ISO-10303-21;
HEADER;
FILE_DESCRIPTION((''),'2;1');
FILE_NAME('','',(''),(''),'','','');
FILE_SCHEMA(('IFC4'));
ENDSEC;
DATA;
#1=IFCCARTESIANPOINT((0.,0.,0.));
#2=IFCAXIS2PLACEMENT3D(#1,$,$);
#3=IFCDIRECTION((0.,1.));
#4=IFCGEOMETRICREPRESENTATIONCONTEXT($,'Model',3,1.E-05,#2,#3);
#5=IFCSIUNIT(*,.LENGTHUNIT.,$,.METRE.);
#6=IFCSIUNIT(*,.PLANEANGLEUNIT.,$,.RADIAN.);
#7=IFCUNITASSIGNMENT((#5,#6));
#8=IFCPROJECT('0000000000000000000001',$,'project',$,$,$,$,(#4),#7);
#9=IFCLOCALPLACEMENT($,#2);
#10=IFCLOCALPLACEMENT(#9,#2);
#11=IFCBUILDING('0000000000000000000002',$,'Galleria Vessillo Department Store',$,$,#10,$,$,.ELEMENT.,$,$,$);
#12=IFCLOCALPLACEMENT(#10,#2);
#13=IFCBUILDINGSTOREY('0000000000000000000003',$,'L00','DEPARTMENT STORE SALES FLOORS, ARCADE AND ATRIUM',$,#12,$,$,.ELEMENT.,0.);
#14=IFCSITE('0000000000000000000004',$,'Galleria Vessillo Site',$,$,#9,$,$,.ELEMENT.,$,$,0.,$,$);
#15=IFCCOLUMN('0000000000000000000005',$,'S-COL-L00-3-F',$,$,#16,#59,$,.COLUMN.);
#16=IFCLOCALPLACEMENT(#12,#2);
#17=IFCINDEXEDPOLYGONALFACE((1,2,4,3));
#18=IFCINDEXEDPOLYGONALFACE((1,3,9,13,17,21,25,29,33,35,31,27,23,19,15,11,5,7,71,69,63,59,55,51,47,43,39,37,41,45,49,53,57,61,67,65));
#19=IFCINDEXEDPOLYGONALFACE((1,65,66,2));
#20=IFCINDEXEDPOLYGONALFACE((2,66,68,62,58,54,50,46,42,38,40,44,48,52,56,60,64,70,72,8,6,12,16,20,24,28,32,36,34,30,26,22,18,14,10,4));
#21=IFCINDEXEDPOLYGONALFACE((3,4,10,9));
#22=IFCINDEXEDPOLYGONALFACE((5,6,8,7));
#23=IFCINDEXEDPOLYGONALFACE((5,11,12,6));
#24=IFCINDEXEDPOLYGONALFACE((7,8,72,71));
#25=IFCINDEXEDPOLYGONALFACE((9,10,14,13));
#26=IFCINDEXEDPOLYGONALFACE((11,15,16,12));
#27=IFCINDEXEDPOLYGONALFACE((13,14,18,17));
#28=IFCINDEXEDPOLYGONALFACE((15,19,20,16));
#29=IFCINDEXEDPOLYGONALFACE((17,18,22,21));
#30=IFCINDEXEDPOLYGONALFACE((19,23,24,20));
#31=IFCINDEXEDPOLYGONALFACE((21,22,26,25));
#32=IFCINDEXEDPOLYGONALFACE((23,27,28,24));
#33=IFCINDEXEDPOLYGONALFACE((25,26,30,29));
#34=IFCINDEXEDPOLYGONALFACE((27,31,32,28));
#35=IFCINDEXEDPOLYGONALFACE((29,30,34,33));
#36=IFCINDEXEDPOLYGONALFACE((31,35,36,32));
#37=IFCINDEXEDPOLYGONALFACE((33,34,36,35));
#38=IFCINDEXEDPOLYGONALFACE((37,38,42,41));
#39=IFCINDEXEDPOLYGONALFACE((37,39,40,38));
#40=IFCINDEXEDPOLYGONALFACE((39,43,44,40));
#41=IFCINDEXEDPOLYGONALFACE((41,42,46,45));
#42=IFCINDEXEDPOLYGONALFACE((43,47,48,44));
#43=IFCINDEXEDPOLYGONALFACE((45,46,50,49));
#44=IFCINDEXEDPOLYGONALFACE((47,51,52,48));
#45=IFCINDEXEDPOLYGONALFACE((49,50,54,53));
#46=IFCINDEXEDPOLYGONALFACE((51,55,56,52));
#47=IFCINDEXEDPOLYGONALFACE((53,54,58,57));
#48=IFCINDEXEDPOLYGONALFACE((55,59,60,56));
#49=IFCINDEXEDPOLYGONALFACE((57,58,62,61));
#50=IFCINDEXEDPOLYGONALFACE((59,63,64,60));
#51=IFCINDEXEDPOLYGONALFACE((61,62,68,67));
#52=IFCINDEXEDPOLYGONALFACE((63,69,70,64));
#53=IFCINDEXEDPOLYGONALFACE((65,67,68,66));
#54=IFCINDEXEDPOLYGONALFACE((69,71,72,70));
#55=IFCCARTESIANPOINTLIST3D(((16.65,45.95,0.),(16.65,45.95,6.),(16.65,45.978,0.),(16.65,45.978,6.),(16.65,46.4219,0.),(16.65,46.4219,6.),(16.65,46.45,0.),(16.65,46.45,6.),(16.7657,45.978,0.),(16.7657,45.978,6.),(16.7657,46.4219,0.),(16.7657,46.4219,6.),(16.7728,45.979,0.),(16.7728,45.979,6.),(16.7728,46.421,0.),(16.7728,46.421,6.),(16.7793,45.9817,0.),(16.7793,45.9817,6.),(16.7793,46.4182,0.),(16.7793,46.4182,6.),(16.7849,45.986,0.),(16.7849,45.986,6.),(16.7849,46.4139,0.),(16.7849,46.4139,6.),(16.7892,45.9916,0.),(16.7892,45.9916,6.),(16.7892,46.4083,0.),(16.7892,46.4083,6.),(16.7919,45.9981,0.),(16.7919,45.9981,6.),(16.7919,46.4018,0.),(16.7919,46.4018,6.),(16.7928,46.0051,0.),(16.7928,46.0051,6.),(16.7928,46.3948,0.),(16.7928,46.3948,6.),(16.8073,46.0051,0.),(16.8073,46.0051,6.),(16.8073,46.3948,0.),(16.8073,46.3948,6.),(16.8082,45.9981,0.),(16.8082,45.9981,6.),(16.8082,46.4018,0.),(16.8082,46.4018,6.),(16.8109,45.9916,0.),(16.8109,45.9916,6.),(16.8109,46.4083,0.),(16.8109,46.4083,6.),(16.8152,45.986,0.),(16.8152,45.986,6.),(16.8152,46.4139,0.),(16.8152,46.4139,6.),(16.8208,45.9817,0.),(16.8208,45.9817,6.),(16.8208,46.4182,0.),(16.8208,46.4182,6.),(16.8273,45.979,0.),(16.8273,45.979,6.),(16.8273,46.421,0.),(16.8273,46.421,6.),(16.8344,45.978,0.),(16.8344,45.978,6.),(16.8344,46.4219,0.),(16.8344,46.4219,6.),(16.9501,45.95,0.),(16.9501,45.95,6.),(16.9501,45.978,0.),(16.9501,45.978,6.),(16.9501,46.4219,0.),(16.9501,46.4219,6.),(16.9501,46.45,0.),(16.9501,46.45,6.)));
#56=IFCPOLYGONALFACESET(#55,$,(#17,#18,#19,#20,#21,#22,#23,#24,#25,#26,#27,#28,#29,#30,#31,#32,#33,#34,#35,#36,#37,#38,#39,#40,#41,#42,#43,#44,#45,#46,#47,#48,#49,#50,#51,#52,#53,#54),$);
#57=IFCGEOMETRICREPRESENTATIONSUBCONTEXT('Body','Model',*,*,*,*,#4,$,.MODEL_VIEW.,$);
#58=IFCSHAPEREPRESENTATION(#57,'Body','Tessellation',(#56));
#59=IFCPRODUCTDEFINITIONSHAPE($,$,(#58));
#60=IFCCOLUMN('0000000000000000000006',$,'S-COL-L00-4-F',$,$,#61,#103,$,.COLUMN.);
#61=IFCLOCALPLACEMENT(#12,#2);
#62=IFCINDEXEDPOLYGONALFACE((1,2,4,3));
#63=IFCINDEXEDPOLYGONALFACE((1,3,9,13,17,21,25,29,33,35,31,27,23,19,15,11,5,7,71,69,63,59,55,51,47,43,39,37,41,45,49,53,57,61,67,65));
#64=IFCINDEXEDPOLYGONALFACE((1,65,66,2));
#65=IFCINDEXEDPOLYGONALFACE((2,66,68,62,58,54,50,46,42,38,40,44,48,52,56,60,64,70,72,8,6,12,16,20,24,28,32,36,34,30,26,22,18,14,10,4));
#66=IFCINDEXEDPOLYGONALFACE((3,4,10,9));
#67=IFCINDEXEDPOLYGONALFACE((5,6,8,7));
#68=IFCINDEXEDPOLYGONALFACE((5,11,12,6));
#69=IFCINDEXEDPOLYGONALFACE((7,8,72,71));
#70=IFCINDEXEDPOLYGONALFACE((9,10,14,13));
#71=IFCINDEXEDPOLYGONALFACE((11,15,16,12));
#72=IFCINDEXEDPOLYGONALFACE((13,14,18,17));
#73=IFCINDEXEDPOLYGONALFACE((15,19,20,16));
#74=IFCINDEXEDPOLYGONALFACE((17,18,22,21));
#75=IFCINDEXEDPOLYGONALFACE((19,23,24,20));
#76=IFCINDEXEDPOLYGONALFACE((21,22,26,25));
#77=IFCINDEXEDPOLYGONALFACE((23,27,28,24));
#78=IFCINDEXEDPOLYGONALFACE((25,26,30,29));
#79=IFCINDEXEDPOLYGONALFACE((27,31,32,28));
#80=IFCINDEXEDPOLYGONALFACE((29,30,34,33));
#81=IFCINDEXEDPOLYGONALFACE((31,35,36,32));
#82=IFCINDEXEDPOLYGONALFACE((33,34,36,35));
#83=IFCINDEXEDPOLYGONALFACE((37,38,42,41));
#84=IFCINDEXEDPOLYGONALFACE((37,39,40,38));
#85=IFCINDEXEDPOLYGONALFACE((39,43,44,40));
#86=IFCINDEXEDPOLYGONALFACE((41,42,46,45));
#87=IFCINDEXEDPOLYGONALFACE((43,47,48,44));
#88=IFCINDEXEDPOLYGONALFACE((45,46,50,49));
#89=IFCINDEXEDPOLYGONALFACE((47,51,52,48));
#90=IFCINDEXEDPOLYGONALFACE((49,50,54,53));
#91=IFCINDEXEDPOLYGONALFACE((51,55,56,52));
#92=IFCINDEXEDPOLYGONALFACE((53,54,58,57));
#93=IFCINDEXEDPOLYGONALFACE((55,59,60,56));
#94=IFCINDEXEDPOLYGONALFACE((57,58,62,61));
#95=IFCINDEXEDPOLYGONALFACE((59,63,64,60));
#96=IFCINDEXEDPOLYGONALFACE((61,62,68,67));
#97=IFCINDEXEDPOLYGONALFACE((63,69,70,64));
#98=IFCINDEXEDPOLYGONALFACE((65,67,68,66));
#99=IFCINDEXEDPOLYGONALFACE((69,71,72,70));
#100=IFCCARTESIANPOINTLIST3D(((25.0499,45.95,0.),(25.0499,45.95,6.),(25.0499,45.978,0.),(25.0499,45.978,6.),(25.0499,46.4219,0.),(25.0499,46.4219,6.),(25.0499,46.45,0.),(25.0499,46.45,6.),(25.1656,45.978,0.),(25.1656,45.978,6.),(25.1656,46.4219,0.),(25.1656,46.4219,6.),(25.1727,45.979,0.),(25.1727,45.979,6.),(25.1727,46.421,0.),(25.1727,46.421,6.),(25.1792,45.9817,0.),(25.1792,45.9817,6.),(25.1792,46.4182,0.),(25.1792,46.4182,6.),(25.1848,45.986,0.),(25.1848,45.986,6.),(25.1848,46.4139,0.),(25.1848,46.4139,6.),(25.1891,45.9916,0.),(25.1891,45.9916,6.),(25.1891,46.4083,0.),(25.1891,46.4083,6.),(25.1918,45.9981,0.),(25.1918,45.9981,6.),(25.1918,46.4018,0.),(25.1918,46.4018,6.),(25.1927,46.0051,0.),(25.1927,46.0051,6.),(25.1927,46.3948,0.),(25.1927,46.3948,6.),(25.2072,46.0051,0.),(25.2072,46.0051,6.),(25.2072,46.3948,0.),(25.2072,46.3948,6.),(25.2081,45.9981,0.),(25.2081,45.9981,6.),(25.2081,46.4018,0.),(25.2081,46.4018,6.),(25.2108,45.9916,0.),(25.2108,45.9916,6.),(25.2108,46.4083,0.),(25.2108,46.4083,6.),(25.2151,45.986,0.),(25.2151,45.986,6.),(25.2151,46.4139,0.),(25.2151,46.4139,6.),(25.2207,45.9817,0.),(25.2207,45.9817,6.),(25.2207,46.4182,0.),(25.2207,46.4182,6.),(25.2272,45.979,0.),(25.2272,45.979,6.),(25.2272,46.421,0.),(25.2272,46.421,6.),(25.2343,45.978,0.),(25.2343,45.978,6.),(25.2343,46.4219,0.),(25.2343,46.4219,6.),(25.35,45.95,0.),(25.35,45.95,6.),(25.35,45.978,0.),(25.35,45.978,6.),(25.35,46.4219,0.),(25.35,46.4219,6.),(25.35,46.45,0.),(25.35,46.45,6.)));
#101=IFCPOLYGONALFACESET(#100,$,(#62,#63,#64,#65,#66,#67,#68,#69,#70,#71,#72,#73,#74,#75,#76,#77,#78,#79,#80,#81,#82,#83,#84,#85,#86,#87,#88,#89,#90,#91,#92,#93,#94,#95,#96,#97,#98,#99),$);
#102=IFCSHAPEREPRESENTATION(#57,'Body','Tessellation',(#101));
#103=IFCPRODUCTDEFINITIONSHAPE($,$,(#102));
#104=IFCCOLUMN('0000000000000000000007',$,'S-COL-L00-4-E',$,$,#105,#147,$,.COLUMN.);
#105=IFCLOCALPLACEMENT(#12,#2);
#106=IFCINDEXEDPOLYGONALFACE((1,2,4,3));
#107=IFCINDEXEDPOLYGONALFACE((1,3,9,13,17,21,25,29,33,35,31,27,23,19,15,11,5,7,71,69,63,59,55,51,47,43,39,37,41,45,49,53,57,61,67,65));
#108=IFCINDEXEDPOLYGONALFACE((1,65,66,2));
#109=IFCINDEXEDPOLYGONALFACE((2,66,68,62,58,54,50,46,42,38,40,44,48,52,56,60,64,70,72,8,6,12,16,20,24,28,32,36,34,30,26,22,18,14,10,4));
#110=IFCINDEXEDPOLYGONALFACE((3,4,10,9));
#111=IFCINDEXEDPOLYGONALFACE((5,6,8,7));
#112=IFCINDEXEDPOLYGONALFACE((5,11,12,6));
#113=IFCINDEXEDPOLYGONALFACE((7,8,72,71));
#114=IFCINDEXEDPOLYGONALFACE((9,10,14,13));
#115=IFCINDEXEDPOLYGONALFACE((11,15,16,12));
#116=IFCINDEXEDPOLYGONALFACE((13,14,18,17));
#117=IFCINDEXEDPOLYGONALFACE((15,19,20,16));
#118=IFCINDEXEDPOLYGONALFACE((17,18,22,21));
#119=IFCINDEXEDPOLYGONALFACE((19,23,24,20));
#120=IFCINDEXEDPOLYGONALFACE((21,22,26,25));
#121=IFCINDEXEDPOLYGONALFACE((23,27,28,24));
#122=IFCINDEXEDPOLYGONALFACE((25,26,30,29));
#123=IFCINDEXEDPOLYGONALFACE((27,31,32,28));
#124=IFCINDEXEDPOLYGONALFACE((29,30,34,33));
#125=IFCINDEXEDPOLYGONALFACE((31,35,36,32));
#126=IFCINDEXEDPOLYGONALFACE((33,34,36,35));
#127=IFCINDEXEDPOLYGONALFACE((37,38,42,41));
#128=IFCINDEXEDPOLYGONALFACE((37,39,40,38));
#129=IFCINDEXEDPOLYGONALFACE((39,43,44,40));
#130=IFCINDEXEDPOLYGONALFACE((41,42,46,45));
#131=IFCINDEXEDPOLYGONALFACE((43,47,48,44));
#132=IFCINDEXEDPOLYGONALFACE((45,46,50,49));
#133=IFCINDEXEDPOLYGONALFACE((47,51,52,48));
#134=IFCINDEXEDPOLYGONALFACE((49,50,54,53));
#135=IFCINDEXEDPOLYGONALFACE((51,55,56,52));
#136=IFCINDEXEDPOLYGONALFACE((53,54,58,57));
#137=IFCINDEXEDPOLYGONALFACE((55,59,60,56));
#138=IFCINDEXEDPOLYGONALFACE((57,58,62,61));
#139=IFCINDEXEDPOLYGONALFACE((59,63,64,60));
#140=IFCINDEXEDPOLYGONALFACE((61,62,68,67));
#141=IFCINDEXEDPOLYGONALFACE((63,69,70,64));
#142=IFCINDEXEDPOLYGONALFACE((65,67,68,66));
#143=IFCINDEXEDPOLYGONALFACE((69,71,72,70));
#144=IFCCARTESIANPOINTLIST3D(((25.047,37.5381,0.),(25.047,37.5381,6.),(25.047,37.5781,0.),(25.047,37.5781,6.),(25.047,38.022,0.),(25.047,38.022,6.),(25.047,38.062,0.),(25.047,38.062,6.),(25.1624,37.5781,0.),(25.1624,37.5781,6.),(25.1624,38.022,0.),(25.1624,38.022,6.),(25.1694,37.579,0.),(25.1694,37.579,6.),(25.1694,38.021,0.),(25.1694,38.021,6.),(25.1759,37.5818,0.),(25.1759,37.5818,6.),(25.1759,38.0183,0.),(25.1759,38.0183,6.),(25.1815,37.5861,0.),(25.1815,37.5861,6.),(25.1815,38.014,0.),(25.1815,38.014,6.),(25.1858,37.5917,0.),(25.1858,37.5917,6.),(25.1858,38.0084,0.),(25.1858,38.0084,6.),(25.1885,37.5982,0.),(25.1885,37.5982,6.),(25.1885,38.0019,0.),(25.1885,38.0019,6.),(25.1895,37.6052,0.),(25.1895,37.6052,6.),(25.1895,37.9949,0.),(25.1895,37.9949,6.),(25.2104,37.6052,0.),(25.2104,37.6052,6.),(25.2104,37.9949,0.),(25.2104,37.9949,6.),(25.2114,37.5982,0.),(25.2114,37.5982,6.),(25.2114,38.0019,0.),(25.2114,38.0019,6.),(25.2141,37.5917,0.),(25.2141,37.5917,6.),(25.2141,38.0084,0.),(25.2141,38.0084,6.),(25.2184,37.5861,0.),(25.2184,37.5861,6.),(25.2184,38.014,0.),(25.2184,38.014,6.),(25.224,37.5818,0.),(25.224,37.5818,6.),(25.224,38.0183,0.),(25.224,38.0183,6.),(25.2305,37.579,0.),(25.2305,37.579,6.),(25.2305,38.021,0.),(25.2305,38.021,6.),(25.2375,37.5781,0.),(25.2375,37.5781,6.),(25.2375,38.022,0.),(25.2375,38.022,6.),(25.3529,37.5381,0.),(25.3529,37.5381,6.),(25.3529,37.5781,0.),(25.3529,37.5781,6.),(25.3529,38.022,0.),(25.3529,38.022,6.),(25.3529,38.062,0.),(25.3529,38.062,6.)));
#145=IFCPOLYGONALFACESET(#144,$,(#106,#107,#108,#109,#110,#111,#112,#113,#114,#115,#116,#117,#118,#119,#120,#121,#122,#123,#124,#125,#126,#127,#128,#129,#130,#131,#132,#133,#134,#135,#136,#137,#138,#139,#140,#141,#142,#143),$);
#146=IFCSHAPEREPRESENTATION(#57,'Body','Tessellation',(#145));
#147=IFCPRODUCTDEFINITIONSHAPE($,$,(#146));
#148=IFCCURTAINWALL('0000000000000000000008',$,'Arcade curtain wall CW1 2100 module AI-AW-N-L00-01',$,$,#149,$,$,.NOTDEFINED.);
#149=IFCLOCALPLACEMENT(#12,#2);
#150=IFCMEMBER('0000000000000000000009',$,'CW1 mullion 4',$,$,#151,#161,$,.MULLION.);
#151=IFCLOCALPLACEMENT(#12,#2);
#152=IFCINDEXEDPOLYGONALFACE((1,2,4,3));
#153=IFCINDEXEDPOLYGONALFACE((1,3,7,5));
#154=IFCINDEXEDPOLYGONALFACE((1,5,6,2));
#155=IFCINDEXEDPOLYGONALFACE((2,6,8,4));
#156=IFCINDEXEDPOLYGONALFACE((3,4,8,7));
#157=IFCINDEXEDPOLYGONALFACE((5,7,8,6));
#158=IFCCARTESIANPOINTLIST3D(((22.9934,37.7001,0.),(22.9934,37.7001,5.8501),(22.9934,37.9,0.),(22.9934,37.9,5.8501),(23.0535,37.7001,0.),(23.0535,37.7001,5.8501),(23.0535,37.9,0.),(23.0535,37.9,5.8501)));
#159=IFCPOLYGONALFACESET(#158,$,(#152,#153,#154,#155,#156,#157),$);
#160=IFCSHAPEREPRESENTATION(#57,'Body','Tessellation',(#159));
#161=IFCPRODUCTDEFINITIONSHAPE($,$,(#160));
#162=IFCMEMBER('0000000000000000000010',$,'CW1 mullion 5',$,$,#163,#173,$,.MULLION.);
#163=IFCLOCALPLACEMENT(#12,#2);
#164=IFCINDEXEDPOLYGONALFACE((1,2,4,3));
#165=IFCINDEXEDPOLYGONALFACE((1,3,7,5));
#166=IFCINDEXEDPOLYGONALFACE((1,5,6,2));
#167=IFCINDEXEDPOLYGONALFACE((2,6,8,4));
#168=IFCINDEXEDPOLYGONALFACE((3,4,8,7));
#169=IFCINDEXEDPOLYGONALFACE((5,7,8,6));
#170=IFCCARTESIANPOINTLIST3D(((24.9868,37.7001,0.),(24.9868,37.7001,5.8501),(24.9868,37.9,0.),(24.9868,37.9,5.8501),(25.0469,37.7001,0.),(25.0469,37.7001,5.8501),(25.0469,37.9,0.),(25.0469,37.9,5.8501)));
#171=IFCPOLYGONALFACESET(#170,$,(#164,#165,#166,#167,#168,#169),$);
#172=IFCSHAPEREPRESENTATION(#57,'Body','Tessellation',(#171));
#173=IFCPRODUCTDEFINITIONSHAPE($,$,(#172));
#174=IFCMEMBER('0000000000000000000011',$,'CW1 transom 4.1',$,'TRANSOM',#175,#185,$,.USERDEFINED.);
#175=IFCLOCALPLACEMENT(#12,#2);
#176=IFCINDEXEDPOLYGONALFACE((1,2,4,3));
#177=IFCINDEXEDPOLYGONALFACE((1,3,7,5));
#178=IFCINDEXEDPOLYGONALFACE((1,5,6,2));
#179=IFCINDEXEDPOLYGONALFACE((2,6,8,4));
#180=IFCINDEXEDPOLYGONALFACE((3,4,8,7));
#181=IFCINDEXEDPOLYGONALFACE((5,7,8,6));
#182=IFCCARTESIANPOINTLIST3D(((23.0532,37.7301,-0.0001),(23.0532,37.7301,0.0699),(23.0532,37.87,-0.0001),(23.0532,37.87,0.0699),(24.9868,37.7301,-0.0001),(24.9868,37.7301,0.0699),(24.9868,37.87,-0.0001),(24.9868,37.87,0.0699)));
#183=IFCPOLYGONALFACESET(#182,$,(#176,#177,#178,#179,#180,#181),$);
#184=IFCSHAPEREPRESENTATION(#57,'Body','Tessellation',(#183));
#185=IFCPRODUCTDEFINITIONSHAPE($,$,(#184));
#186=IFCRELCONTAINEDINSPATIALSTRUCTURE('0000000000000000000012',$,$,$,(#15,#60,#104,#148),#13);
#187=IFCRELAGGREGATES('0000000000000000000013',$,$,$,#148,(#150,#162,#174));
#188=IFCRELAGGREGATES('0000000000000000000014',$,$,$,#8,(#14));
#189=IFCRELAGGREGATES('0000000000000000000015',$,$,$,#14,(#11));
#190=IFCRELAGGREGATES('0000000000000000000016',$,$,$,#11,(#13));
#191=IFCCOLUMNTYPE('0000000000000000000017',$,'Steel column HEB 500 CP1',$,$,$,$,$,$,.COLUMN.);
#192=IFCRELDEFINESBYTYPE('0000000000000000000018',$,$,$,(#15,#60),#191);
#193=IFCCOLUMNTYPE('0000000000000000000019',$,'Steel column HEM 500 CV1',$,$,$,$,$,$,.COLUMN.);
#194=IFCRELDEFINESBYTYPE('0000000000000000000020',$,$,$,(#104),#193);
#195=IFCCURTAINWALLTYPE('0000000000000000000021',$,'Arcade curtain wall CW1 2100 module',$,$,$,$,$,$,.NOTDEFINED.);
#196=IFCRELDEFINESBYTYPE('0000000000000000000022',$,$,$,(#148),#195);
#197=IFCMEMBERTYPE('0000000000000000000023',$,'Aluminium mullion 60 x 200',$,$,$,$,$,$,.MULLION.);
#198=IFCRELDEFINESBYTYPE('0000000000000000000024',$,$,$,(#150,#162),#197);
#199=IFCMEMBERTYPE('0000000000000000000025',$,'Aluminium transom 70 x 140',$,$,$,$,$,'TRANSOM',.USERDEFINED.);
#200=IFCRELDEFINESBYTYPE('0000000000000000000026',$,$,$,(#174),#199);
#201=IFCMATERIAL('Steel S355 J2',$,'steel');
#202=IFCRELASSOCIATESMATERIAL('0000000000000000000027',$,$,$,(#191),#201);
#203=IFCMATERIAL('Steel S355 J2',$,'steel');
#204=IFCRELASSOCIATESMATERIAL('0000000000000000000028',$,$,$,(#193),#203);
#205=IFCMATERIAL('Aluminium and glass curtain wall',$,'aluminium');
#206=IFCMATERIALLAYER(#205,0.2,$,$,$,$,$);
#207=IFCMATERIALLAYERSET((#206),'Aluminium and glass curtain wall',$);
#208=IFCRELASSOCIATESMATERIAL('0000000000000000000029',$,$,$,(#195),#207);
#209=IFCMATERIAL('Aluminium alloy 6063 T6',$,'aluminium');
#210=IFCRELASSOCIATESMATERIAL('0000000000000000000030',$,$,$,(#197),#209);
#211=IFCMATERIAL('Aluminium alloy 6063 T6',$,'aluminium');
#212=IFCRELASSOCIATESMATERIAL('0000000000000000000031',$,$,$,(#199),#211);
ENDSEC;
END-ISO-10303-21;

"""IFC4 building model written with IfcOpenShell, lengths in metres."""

from ifc_helpers import new_model, si_unit, direction, frame, origin, origin_2d, place, context, subcontext, project, spatial, rectangle, i_section, extrude, material, layer, layer_set, material_profile, profile_set, type_object, element, aggregate, save


model = new_model("IFC4")

# Units and contexts
model_context = context("Model", 3, precision=1e-05, world=origin(), true_north=direction((0.0, 1.0)))
body_context = subcontext(model_context, "Body", "Model", "MODEL_VIEW")
ifc_project = project(units=[si_unit("LENGTHUNIT", "METRE"), si_unit("PLANEANGLEUNIT", "RADIAN")], contexts=[model_context])

# Site, building, storey
site_placement = place(None, origin())
site = spatial("IfcSite", under=ifc_project, at=site_placement, Name="Galleria Vessillo Site", CompositionType="ELEMENT", RefElevation=0.0)
building_placement = place(site_placement, origin())
building = spatial("IfcBuilding", under=site, at=building_placement, Name="Galleria Vessillo Department Store", CompositionType="ELEMENT")
storey_placement = place(building_placement, origin())
storey = spatial("IfcBuildingStorey", under=building, at=storey_placement, Name="L00", Description="DEPARTMENT STORE SALES FLOORS, ARCADE AND ATRIUM", CompositionType="ELEMENT", Elevation=0.0)

# Columns
ifc_material_1 = material(Name="Steel S355 J2", Category="steel")
ifc_material_profile_1 = material_profile(ifc_material_1, i_section(OverallWidth=0.3, OverallDepth=0.5, WebThickness=0.0144, FlangeThickness=0.0281, FilletRadius=0.0271, at=origin_2d()), Name="HEB 500")
ifc_profile_set_1 = profile_set([ifc_material_profile_1], Name="Steel S355 J2")
column_type_1 = type_object("IfcColumnType", Name="Steel column HEB 500 CP1", PredefinedType="COLUMN", material=ifc_profile_set_1)
for number, where, z_axis, x_axis, name in (
    (1, (16.8, 46.2, 0.0), (0.0, 0.0, 1.0), (1.0, 0.0, 0.0), "S-COL-L00-3-F"),
    (2, (25.2, 46.2, 0.0), (0.0, 0.0, 1.0), (1.0, 0.0, 0.0), "S-COL-L00-4-F"),
):
    element("IfcColumn", number, at=place(storey_placement, frame(where, z_axis=z_axis, x_axis=x_axis)), inside=storey, type_object=column_type_1, Name=name, PredefinedType="COLUMN", context=body_context, shape_type="SweptSolid", body=[
        extrude(i_section(OverallWidth=0.3, OverallDepth=0.5, WebThickness=0.0144, FlangeThickness=0.0281, FilletRadius=0.0271, at=origin_2d()), origin(), (0.0, 0.0, 1.0), 6.0),
    ])
ifc_material_2 = material(Name="Steel S355 J2", Category="steel")
ifc_material_profile_2 = material_profile(ifc_material_2, i_section(OverallWidth=0.3059, OverallDepth=0.5239, WebThickness=0.021, FlangeThickness=0.04, FilletRadius=0.0271, at=origin_2d()), Name="HEM 500")
ifc_profile_set_2 = profile_set([ifc_material_profile_2], Name="Steel S355 J2")
column_type_2 = type_object("IfcColumnType", Name="Steel column HEM 500 CV1", PredefinedType="COLUMN", material=ifc_profile_set_2)
column_placement = place(storey_placement, frame((25.2, 37.8, 0.0), z_axis=(0.0, 0.0, 1.0), x_axis=(1.0, 0.0, 0.0)))
element("IfcColumn", 3, at=column_placement, inside=storey, type_object=column_type_2, Name="S-COL-L00-4-E", PredefinedType="COLUMN", context=body_context, shape_type="SweptSolid", body=[
    extrude(i_section(OverallWidth=0.3059, OverallDepth=0.5239, WebThickness=0.021, FlangeThickness=0.04, FilletRadius=0.0271, at=origin_2d()), origin(), (0.0, 0.0, 1.0), 6.0),
])

# Curtain wall, members
ifc_material_3 = material(Name="Aluminium and glass curtain wall", Category="aluminium")
ifc_layer_1 = layer(ifc_material_3, 0.2)
ifc_layer_set_1 = layer_set([ifc_layer_1], Name="Aluminium and glass curtain wall")
curtain_wall_type = type_object("IfcCurtainWallType", Name="Arcade curtain wall CW1 2100 module", PredefinedType="NOTDEFINED", material=ifc_layer_set_1)
curtain_wall_placement = place(storey_placement, origin())
curtain_wall = element("IfcCurtainWall", 4, at=curtain_wall_placement, inside=storey, type_object=curtain_wall_type, Name="Arcade curtain wall CW1 2100 module AI-AW-N-L00-01", PredefinedType="NOTDEFINED")
ifc_material_4 = material(Name="Aluminium alloy 6063 T6", Category="aluminium")
ifc_material_profile_3 = material_profile(ifc_material_4, rectangle(XDim=0.2, YDim=0.0601, at=origin_2d()), Name="AL 60x200")
ifc_profile_set_3 = profile_set([ifc_material_profile_3], Name="Aluminium alloy 6063 T6")
member_type_1 = type_object("IfcMemberType", Name="Aluminium mullion 60 x 200", PredefinedType="MULLION", material=ifc_profile_set_3)
member_1_placement = place(storey_placement, frame((23.0234, 37.8, 0.0), z_axis=(0.0, 0.0, 1.0), x_axis=(0.0, 1.0, 0.0)))
member_1 = element("IfcMember", 5, at=member_1_placement, type_object=member_type_1, Name="CW1 mullion 4", PredefinedType="MULLION", context=body_context, shape_type="SweptSolid", body=[
    extrude(rectangle(XDim=0.2, YDim=0.0601, at=origin_2d()), origin(), (0.0, 0.0, 1.0), 5.8501),
])
member_2_placement = place(storey_placement, frame((25.0168, 37.8, 0.0), z_axis=(0.0, 0.0, 1.0), x_axis=(0.0, 1.0, 0.0)))
member_2 = element("IfcMember", 6, at=member_2_placement, type_object=member_type_1, Name="CW1 mullion 5", PredefinedType="MULLION", context=body_context, shape_type="SweptSolid", body=[
    extrude(rectangle(XDim=0.2, YDim=0.0601, at=origin_2d()), origin(), (0.0, 0.0, 1.0), 5.8501),
])
ifc_material_5 = material(Name="Aluminium alloy 6063 T6", Category="aluminium")
ifc_material_profile_4 = material_profile(ifc_material_5, rectangle(XDim=0.1399, YDim=0.0701, at=origin_2d()), Name="AL 70x140")
ifc_profile_set_4 = profile_set([ifc_material_profile_4], Name="Aluminium alloy 6063 T6")
member_type_2 = type_object("IfcMemberType", Name="Aluminium transom 70 x 140", ElementType="TRANSOM", PredefinedType="USERDEFINED", material=ifc_profile_set_4)
member_3_placement = place(storey_placement, frame((23.0532, 37.8, 0.0349), z_axis=(1.0, 0.0, 0.0), x_axis=(0.0, 1.0, 0.0)))
member_3 = element("IfcMember", 7, at=member_3_placement, type_object=member_type_2, Name="CW1 transom 4.1", ObjectType="TRANSOM", PredefinedType="USERDEFINED", context=body_context, shape_type="SweptSolid", body=[
    extrude(rectangle(XDim=0.1399, YDim=0.0701, at=origin_2d()), origin(), (0.0, 0.0, 1.0), 1.9336),
])

aggregate(curtain_wall, [member_1, member_2, member_3])

save(model, "model.ifc")
